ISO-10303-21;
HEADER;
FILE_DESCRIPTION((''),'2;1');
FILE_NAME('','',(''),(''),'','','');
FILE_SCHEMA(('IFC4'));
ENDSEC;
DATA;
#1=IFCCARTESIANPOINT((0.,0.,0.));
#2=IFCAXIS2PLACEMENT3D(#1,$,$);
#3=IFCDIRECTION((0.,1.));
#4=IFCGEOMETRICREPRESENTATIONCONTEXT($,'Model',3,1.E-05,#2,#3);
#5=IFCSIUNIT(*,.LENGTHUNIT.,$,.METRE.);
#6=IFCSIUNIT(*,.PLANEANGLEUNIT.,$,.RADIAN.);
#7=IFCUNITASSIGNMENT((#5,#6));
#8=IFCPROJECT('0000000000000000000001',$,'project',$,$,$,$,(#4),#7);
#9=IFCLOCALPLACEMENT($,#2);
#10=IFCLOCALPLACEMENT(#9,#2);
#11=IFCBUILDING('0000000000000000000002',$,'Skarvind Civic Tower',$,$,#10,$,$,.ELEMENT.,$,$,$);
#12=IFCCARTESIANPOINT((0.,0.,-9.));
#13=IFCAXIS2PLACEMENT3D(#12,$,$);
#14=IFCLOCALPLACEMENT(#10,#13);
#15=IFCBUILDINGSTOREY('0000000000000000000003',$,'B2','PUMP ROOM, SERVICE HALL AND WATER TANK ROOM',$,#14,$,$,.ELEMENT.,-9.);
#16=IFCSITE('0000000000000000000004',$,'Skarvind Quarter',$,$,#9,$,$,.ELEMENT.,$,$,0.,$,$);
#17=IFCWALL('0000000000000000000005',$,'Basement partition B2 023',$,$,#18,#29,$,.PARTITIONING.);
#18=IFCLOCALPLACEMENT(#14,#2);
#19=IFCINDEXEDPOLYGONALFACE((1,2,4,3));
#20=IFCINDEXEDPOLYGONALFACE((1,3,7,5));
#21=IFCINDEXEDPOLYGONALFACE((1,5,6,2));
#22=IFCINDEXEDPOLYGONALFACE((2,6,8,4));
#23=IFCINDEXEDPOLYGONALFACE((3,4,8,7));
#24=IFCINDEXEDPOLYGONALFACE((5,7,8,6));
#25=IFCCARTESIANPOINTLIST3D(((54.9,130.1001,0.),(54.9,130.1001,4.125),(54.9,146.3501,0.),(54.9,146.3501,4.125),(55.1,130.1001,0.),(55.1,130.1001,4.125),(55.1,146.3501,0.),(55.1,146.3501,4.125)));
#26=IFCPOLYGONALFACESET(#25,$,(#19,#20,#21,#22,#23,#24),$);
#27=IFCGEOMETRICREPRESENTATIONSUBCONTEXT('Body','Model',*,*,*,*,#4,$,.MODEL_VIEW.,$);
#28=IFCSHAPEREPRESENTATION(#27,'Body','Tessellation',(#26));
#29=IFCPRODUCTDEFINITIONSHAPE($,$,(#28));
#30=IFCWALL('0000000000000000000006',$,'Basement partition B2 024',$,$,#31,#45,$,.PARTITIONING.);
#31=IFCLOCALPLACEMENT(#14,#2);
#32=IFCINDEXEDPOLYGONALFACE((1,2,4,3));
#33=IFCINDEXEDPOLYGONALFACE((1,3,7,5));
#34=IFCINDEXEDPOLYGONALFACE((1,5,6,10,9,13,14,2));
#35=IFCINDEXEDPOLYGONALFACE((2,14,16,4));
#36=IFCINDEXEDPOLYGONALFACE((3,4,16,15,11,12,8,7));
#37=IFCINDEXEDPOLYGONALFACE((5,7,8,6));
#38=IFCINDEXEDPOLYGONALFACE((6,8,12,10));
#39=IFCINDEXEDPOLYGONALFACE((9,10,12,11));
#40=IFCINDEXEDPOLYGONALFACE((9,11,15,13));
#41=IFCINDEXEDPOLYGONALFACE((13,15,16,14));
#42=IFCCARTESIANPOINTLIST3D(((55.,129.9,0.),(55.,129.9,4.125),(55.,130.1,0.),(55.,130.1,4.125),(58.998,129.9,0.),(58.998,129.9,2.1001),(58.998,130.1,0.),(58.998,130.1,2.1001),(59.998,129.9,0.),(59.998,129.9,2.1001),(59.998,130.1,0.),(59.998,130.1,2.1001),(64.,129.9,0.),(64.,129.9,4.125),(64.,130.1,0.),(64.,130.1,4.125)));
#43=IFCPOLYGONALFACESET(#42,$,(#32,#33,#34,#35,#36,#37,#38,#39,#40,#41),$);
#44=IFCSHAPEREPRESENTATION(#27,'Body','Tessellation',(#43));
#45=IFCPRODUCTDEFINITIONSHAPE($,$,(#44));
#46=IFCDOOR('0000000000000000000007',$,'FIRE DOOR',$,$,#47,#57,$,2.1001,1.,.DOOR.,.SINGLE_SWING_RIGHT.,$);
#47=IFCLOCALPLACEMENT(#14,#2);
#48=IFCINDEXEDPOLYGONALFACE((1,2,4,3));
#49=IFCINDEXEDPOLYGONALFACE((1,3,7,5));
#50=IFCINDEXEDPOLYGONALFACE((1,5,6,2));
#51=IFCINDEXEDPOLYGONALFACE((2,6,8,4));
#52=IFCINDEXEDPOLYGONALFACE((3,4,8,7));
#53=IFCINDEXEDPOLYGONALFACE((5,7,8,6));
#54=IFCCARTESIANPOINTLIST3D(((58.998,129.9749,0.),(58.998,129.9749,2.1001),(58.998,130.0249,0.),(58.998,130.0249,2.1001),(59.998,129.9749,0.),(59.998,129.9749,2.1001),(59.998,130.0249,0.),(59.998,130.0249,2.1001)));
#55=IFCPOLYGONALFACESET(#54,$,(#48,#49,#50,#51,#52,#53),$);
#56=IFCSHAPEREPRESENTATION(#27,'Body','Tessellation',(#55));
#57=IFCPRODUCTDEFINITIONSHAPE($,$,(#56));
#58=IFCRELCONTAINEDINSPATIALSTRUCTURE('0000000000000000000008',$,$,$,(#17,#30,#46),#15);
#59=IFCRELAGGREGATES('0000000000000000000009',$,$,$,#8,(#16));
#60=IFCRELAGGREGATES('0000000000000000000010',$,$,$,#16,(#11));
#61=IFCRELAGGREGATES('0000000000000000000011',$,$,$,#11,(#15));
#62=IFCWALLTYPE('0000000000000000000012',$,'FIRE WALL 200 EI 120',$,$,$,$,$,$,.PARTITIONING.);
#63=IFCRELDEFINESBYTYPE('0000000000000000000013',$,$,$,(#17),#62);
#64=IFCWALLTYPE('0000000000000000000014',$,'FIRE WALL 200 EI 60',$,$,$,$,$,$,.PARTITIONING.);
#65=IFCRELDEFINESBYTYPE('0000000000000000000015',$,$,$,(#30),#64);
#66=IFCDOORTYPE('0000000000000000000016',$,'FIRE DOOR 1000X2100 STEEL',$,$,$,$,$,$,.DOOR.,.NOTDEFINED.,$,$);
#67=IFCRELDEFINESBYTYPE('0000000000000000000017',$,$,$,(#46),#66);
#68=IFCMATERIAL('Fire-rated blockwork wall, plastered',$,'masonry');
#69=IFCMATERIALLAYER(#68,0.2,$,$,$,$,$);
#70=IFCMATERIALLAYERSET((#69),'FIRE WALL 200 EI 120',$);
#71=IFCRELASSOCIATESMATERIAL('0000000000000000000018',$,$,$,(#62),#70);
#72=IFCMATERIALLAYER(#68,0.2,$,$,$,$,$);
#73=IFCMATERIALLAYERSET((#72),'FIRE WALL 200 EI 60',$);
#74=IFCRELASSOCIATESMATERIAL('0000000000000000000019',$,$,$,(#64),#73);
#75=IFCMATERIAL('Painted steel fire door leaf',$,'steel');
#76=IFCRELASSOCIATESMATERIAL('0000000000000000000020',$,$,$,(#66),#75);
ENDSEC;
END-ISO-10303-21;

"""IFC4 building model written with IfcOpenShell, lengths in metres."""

from ifc_helpers import new_model, si_unit, direction, frame, frame_2d, origin, place, context, subcontext, project, spatial, rectangle, extrude, material, layer, layer_set, type_object, element, fill, save


model = new_model("IFC4")

# Units and contexts
model_context = context("Model", 3, precision=1e-05, world=origin(), true_north=direction((0.0, 1.0)))
body_context = subcontext(model_context, "Body", "Model", "MODEL_VIEW")
ifc_project = project(units=[si_unit("LENGTHUNIT", "METRE"), si_unit("PLANEANGLEUNIT", "RADIAN")], contexts=[model_context])

# Site, building, storey
site_placement = place(None, origin())
site = spatial("IfcSite", under=ifc_project, at=site_placement, Name="Skarvind Quarter", CompositionType="ELEMENT", RefElevation=0.0)
building_placement = place(site_placement, origin())
building = spatial("IfcBuilding", under=site, at=building_placement, Name="Skarvind Civic Tower", CompositionType="ELEMENT")
storey_placement = place(building_placement, frame((0.0, 0.0, -9.0)))
storey = spatial("IfcBuildingStorey", under=building, at=storey_placement, Name="B2", Description="PUMP ROOM, SERVICE HALL AND WATER TANK ROOM", CompositionType="ELEMENT", Elevation=-9.0)

# Wall
ifc_material_1 = material(Name="Fire-rated blockwork wall, plastered", Category="masonry")
ifc_layer_1 = layer(ifc_material_1, 0.2)
ifc_layer_set_1 = layer_set([ifc_layer_1], Name="FIRE WALL 200 EI 120")
wall_type_1 = type_object("IfcWallType", Name="FIRE WALL 200 EI 120", PredefinedType="PARTITIONING", material=ifc_layer_set_1)
wall_1_placement = place(storey_placement, frame((55.0, 130.1001, 0.0), z_axis=(0.0, 0.0, 1.0), x_axis=(0.0, 1.0, 0.0)))
element("IfcWall", 1, at=wall_1_placement, inside=storey, type_object=wall_type_1, Name="Basement partition B2 023", PredefinedType="PARTITIONING", context=body_context, shape_type="SweptSolid", body=[
    extrude(rectangle(XDim=16.25, YDim=0.2, at=frame_2d((8.125, 0.0))), origin(), (0.0, 0.0, 1.0), 4.125),
])

# Wall, opening, door
ifc_layer_2 = layer(ifc_material_1, 0.2)
ifc_layer_set_2 = layer_set([ifc_layer_2], Name="FIRE WALL 200 EI 60")
wall_type_2 = type_object("IfcWallType", Name="FIRE WALL 200 EI 60", PredefinedType="PARTITIONING", material=ifc_layer_set_2)
wall_2_placement = place(storey_placement, frame((55.0, 130.0, 0.0), z_axis=(0.0, 0.0, 1.0), x_axis=(1.0, 0.0, 0.0)))
wall_2 = element("IfcWall", 2, at=wall_2_placement, inside=storey, type_object=wall_type_2, Name="Basement partition B2 024", PredefinedType="PARTITIONING", context=body_context, shape_type="SweptSolid", body=[
    extrude(rectangle(XDim=9.0, YDim=0.2, at=frame_2d((4.5, 0.0))), origin(), (0.0, 0.0, 1.0), 4.125),
])
opening_placement = place(wall_2_placement, frame((3.998, 0.0, 0.0)))
opening = element("IfcOpeningElement", 3, at=opening_placement, cuts=wall_2, PredefinedType="OPENING", context=body_context, shape_type="SweptSolid", body=[
    extrude(rectangle(XDim=1.0, YDim=2.1001, at=frame_2d((0.5, 1.05))), frame((0.0, 0.1099, 0.0), z_axis=(0.0, -1.0, 0.0), x_axis=(1.0, 0.0, 0.0)), (0.0, 0.0, 1.0), 0.22),
])
ifc_material_2 = material(Name="Painted steel fire door leaf", Category="steel")
door_type = type_object("IfcDoorType", Name="FIRE DOOR 1000X2100 STEEL", OperationType="NOTDEFINED", PredefinedType="DOOR", material=ifc_material_2)
door_placement = place(opening_placement, origin())
door = element("IfcDoor", 4, at=door_placement, inside=storey, type_object=door_type, Name="FIRE DOOR", OperationType="SINGLE_SWING_RIGHT", OverallHeight=2.1001, OverallWidth=1.0, PredefinedType="DOOR", context=body_context, shape_type="SweptSolid", body=[
    extrude(rectangle(XDim=1.0, YDim=2.1001, at=frame_2d((0.5, 1.05))), frame((0.0, 0.0249, 0.0), z_axis=(0.0, -1.0, 0.0), x_axis=(1.0, 0.0, 0.0)), (0.0, 0.0, 1.0), 0.05),
])
fill(opening, door)

save(model, "model.ifc")
